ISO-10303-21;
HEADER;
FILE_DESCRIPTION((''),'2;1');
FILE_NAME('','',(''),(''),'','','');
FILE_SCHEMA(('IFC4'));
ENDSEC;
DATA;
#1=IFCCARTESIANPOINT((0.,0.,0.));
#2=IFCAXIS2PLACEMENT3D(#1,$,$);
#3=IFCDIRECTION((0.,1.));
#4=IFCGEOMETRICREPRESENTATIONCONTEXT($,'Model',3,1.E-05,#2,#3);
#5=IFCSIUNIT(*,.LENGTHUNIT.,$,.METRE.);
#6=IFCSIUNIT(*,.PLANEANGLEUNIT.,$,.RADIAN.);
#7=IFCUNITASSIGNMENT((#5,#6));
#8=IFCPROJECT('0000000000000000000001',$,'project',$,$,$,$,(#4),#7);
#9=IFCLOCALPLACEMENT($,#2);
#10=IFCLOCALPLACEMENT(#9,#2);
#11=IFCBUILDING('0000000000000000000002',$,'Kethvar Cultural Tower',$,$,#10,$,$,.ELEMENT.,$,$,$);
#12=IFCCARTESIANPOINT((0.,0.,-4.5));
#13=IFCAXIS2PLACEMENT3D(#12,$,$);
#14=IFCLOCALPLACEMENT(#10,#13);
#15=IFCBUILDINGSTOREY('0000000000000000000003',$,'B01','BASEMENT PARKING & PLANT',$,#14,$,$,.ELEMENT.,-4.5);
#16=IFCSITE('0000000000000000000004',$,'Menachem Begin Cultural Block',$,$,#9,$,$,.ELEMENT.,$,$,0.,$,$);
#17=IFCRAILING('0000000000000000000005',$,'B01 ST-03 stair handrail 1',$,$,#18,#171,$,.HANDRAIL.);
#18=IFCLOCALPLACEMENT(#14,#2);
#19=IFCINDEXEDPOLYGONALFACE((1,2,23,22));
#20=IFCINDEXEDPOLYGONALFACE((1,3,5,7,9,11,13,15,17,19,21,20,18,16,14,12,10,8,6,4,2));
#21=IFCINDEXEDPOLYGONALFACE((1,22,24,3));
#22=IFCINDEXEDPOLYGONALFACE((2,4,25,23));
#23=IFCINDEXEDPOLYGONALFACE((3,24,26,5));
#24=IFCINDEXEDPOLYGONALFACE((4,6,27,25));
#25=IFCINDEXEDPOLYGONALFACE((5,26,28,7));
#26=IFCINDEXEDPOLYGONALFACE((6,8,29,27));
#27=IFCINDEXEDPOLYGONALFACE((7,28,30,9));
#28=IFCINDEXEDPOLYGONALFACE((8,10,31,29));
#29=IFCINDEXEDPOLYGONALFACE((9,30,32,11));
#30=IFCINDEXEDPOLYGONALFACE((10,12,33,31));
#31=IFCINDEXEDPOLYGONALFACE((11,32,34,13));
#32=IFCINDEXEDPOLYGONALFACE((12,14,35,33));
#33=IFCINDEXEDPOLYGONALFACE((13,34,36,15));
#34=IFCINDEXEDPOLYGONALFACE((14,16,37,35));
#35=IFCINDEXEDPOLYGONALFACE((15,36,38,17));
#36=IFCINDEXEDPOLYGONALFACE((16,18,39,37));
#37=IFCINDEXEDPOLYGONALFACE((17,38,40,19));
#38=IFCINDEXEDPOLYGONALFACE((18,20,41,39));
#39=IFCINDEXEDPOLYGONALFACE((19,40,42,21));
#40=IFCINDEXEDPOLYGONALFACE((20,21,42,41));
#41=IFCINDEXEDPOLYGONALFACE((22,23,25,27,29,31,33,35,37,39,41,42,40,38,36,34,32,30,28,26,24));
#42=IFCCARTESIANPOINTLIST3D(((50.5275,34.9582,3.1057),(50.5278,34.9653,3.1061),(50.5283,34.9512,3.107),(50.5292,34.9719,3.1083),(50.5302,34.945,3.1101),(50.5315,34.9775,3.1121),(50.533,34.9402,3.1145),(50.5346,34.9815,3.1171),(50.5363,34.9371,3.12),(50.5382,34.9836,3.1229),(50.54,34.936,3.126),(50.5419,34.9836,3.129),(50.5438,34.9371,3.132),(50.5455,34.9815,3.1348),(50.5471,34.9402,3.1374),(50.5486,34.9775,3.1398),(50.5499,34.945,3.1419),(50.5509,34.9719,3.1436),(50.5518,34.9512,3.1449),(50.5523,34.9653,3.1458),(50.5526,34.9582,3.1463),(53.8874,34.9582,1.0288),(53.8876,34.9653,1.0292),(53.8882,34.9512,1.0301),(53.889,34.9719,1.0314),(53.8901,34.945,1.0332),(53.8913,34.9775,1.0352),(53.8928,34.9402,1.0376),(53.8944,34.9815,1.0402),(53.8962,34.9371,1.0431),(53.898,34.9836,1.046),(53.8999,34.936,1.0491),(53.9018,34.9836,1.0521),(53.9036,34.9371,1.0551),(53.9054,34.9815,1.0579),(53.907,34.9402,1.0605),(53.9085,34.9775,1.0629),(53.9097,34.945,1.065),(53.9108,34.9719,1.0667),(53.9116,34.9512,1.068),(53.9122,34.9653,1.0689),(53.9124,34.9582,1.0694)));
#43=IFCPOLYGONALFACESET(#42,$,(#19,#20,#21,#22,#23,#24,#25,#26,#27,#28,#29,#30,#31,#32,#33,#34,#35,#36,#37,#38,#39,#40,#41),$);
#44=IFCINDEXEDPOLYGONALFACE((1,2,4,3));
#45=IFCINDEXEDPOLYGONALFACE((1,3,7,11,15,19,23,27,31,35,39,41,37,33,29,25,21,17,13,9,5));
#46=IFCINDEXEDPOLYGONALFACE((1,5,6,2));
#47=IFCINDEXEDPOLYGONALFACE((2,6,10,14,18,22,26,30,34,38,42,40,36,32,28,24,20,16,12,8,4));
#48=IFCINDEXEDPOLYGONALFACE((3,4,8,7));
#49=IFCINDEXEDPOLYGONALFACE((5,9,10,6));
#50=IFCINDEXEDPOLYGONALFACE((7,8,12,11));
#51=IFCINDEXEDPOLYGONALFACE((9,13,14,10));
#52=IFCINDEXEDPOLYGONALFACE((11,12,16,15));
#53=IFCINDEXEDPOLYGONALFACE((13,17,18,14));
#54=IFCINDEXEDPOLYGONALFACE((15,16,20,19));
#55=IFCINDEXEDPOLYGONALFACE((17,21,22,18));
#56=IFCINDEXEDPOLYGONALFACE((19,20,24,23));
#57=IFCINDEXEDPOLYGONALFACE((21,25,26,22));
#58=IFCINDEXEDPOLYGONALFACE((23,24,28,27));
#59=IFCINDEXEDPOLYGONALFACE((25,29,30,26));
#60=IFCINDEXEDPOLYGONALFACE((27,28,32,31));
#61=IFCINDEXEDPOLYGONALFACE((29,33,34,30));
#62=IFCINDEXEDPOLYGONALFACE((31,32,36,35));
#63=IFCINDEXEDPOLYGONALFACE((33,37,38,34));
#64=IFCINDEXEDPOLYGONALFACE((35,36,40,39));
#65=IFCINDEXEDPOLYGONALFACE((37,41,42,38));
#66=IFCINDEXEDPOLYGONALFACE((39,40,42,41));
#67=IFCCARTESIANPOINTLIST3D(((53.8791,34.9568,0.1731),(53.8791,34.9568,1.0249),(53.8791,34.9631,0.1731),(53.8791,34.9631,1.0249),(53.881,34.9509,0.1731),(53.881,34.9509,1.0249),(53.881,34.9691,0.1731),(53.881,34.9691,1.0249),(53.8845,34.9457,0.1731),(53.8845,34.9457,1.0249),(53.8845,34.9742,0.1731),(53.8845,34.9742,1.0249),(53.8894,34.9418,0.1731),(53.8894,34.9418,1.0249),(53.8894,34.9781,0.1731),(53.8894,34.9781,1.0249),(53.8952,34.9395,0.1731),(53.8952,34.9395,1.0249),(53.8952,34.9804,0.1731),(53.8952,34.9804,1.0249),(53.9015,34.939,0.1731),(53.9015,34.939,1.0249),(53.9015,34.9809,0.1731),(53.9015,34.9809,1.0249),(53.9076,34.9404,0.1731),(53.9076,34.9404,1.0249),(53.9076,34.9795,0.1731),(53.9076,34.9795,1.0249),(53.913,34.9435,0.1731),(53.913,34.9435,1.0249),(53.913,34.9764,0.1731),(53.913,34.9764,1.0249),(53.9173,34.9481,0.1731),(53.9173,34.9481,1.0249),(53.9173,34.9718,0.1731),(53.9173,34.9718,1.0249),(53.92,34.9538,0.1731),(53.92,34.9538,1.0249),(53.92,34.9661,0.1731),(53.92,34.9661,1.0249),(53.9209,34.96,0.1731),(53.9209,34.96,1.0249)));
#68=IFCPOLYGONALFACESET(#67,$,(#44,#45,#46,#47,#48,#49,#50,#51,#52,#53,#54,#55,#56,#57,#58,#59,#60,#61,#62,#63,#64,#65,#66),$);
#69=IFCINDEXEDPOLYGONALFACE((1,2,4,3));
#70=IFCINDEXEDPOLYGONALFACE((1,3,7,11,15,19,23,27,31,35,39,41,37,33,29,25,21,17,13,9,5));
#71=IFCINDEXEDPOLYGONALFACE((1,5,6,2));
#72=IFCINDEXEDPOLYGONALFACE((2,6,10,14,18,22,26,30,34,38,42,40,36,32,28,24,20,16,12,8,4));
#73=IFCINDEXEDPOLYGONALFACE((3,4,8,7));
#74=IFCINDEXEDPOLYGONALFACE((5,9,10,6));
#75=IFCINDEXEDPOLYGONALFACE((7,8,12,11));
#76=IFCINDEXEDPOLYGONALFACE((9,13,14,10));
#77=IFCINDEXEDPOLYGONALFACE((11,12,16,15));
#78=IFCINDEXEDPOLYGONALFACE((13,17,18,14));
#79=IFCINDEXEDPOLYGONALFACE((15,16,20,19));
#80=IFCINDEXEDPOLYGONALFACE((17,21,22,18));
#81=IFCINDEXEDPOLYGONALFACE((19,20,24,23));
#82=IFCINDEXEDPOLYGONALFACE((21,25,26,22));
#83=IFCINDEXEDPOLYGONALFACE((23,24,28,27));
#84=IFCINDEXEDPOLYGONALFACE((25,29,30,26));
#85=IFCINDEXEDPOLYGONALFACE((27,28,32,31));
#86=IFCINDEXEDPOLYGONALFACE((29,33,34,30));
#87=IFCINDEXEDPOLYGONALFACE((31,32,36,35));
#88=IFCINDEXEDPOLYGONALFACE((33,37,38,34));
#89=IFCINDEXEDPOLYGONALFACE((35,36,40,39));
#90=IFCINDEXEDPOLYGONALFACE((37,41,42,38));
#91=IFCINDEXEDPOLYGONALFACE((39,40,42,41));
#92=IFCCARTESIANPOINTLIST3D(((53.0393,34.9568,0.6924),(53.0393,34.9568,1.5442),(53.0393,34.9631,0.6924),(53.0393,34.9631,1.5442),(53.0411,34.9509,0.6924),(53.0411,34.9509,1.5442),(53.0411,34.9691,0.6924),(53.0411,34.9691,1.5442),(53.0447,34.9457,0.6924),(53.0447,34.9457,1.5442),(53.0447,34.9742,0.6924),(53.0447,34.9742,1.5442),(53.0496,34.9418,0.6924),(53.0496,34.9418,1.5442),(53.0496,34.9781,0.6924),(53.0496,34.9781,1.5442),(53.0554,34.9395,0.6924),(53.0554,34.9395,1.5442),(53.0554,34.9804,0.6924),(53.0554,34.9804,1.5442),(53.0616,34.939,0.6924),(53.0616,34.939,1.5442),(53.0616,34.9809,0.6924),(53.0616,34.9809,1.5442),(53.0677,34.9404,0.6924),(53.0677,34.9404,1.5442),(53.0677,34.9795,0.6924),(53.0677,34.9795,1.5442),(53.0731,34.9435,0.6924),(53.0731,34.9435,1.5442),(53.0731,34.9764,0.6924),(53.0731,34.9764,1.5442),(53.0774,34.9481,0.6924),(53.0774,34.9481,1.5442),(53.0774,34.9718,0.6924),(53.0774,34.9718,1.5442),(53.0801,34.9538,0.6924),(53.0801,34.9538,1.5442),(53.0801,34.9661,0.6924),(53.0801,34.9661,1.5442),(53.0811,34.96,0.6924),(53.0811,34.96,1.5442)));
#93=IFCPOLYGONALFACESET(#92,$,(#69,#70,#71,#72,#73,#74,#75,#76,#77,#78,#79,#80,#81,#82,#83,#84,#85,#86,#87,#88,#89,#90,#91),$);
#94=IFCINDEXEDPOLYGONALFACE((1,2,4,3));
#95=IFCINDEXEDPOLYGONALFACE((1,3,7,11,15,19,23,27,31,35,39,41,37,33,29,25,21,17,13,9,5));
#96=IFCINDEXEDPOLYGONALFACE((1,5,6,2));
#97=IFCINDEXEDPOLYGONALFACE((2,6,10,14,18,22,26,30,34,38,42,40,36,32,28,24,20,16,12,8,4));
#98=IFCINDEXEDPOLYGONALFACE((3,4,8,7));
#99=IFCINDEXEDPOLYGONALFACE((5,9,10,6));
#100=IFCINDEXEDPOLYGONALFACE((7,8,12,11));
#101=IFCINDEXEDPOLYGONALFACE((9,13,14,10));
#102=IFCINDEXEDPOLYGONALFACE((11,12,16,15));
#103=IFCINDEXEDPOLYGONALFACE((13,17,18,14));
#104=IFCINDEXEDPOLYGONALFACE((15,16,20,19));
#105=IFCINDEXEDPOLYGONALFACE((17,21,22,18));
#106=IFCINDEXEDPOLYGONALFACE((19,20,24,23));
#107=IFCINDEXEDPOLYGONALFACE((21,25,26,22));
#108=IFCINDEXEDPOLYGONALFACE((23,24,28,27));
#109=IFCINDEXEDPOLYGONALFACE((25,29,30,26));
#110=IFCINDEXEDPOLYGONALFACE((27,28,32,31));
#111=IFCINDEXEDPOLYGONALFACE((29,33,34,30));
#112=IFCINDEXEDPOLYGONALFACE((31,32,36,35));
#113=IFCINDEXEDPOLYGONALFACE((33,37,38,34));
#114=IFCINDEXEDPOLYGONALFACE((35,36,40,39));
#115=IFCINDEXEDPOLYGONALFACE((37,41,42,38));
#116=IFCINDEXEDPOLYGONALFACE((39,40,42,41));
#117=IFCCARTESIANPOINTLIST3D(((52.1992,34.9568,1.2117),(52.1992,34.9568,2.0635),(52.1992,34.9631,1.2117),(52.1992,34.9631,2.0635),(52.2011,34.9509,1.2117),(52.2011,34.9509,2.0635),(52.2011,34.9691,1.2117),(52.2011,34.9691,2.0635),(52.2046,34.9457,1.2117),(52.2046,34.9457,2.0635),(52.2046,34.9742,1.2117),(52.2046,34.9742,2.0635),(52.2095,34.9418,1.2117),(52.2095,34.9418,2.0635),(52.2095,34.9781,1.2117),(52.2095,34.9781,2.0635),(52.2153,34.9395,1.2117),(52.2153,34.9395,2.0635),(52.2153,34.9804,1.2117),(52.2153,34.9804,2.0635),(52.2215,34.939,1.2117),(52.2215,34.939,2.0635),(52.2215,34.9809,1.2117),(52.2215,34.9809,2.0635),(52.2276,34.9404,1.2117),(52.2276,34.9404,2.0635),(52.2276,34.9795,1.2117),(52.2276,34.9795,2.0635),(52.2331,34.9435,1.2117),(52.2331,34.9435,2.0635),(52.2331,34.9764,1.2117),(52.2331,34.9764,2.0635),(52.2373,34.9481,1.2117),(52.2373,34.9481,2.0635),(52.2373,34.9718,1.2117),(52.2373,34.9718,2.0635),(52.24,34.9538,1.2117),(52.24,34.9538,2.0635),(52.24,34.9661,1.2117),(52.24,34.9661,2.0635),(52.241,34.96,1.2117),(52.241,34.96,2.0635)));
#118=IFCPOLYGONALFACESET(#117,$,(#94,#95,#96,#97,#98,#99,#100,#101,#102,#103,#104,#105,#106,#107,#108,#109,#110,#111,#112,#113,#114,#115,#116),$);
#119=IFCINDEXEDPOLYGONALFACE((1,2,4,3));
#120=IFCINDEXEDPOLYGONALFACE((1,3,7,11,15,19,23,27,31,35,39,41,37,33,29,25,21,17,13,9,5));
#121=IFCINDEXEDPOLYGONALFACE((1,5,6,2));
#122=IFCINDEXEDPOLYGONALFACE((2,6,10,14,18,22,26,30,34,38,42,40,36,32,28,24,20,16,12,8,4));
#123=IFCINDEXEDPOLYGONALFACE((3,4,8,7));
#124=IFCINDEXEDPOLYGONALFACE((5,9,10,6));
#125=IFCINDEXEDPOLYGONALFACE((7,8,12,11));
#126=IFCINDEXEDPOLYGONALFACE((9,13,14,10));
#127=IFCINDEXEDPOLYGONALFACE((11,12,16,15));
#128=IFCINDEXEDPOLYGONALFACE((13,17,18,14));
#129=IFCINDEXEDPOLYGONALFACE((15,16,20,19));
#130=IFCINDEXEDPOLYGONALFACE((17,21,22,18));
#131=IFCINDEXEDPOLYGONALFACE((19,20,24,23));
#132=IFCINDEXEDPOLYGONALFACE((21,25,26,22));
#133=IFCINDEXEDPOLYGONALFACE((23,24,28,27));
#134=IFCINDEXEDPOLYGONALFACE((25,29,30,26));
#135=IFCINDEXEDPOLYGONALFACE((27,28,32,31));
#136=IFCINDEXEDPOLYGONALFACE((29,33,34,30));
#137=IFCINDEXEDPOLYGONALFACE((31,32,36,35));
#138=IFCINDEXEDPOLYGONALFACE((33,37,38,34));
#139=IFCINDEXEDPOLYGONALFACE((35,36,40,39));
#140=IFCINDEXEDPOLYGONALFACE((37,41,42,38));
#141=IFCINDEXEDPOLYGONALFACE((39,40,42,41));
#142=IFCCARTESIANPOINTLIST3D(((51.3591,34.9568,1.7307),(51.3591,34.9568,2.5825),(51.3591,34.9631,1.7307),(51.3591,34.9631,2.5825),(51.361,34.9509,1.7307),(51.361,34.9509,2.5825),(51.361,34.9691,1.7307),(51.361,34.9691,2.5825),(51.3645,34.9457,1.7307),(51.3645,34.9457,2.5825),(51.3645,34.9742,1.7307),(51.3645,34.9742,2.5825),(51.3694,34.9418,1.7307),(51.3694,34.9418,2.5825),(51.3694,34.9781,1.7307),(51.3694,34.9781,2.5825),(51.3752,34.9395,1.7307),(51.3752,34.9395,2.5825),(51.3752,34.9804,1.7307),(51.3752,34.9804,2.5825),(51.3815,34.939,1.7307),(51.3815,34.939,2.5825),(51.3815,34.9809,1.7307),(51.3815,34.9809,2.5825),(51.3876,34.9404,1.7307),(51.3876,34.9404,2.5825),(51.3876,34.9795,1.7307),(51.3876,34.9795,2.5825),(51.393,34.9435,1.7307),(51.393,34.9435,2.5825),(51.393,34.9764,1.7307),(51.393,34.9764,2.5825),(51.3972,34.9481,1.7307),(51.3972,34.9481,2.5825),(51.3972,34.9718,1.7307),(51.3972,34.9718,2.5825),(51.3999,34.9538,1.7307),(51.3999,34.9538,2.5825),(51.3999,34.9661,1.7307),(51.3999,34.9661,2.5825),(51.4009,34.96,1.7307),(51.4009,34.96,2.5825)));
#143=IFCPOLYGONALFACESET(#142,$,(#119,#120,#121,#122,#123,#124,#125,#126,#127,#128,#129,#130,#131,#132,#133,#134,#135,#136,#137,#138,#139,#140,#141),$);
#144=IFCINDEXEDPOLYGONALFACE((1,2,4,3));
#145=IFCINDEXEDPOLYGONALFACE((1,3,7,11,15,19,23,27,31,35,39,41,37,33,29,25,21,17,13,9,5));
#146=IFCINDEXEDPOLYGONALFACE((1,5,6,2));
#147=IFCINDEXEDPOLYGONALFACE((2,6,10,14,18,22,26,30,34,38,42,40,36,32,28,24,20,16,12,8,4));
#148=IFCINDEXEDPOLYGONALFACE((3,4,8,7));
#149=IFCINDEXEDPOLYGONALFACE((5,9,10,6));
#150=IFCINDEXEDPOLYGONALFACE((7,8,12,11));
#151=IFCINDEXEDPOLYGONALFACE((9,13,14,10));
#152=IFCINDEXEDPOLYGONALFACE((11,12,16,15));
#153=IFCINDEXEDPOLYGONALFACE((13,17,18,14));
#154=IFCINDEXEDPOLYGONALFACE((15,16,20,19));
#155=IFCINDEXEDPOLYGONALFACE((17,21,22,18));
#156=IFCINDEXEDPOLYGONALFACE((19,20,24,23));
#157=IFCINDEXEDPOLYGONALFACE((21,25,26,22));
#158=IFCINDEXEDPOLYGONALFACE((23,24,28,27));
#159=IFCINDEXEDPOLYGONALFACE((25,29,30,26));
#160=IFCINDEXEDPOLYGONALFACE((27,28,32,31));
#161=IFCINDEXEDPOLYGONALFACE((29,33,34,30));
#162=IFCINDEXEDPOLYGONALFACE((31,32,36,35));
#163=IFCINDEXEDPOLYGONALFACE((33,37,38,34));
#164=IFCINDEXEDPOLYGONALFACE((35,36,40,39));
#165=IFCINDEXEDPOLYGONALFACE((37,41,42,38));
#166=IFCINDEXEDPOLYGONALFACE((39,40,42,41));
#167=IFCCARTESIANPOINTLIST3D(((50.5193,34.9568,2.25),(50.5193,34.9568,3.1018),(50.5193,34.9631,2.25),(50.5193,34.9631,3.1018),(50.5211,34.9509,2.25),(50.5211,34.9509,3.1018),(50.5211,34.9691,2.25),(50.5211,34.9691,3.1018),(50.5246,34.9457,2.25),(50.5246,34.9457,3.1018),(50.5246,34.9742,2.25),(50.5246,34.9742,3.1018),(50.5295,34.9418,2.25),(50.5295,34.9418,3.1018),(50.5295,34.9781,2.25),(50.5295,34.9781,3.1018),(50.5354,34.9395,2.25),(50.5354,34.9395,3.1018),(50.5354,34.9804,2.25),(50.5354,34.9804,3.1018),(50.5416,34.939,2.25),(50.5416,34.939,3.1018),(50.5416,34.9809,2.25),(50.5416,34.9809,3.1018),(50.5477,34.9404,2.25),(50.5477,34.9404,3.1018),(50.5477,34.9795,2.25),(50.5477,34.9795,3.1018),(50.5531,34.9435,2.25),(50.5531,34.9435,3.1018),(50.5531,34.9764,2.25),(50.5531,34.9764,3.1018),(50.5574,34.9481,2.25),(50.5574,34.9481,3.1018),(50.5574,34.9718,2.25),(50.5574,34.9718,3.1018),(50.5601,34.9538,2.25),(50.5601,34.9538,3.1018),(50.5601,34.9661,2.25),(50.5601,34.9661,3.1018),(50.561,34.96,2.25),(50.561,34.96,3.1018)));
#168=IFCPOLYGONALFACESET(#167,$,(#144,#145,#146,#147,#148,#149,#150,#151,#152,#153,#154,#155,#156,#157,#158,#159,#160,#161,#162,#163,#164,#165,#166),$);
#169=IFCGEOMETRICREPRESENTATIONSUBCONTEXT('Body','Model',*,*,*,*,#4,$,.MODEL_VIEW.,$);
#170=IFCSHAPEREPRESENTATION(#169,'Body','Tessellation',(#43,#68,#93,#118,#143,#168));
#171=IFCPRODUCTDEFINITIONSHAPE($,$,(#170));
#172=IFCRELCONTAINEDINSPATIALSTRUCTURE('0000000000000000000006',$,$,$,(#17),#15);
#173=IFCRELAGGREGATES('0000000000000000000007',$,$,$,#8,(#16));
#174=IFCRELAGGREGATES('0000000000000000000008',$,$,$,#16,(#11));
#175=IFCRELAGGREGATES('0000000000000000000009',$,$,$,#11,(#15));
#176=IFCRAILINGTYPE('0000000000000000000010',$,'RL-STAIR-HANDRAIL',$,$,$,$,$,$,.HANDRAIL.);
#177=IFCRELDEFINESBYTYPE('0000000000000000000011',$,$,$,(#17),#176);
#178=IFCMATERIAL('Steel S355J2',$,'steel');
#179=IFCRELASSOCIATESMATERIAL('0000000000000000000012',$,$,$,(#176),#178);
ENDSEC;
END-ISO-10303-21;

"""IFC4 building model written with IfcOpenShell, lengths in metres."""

from ifc_helpers import new_model, si_unit, direction, frame, origin, origin_2d, place, context, subcontext, project, spatial, circle, extrude, material, type_object, element, save


model = new_model("IFC4")

# Units and contexts
model_context = context("Model", 3, precision=1e-05, world=origin(), true_north=direction((0.0, 1.0)))
body_context = subcontext(model_context, "Body", "Model", "MODEL_VIEW")
ifc_project = project(units=[si_unit("LENGTHUNIT", "METRE"), si_unit("PLANEANGLEUNIT", "RADIAN")], contexts=[model_context])

# Site, building, storey
site_placement = place(None, origin())
site = spatial("IfcSite", under=ifc_project, at=site_placement, Name="Menachem Begin Cultural Block", CompositionType="ELEMENT", RefElevation=0.0)
building_placement = place(site_placement, origin())
building = spatial("IfcBuilding", under=site, at=building_placement, Name="Kethvar Cultural Tower", CompositionType="ELEMENT")
storey_placement = place(building_placement, frame((0.0, 0.0, -4.5)))
storey = spatial("IfcBuildingStorey", under=building, at=storey_placement, Name="B01", Description="BASEMENT PARKING & PLANT", CompositionType="ELEMENT", Elevation=-4.5)

# Shared definitions
ifc_material_1 = material(Name="Steel S355J2", Category="steel")

# Railing
railing_type_1 = type_object("IfcRailingType", Name="RL-STAIR-HANDRAIL", PredefinedType="HANDRAIL", material=ifc_material_1)
railing_1_placement = place(storey_placement, frame((53.8999, 34.96, 0.1731)))
element("IfcRailing", 1, at=railing_1_placement, inside=storey, type_object=railing_type_1, Name="B01 ST-03 stair handrail 1", PredefinedType="HANDRAIL", context=body_context, shape_type="SweptSolid", body=[
    extrude(circle(Radius=0.0239, at=origin_2d()), frame((0.0, 0.0, 0.876), z_axis=(-0.850606, 0.0, 0.525803), x_axis=(0.0, -1.0, 0.0)), (0.0, 0.0, 1.0), 3.95),
    extrude(circle(Radius=0.021, at=origin_2d()), origin(), (0.0, 0.0, 1.0), 0.8518),
    extrude(circle(Radius=0.021, at=origin_2d()), frame((-0.8398, 0.0, 0.5193)), (0.0, 0.0, 1.0), 0.8518),
    extrude(circle(Radius=0.021, at=origin_2d()), frame((-1.6799, 0.0, 1.0386)), (0.0, 0.0, 1.0), 0.8518),
    extrude(circle(Radius=0.021, at=origin_2d()), frame((-2.52, 0.0, 1.5576)), (0.0, 0.0, 1.0), 0.8518),
    extrude(circle(Radius=0.021, at=origin_2d()), frame((-3.3599, 0.0, 2.0769)), (0.0, 0.0, 1.0), 0.8518),
])

save(model, "model.ifc")
